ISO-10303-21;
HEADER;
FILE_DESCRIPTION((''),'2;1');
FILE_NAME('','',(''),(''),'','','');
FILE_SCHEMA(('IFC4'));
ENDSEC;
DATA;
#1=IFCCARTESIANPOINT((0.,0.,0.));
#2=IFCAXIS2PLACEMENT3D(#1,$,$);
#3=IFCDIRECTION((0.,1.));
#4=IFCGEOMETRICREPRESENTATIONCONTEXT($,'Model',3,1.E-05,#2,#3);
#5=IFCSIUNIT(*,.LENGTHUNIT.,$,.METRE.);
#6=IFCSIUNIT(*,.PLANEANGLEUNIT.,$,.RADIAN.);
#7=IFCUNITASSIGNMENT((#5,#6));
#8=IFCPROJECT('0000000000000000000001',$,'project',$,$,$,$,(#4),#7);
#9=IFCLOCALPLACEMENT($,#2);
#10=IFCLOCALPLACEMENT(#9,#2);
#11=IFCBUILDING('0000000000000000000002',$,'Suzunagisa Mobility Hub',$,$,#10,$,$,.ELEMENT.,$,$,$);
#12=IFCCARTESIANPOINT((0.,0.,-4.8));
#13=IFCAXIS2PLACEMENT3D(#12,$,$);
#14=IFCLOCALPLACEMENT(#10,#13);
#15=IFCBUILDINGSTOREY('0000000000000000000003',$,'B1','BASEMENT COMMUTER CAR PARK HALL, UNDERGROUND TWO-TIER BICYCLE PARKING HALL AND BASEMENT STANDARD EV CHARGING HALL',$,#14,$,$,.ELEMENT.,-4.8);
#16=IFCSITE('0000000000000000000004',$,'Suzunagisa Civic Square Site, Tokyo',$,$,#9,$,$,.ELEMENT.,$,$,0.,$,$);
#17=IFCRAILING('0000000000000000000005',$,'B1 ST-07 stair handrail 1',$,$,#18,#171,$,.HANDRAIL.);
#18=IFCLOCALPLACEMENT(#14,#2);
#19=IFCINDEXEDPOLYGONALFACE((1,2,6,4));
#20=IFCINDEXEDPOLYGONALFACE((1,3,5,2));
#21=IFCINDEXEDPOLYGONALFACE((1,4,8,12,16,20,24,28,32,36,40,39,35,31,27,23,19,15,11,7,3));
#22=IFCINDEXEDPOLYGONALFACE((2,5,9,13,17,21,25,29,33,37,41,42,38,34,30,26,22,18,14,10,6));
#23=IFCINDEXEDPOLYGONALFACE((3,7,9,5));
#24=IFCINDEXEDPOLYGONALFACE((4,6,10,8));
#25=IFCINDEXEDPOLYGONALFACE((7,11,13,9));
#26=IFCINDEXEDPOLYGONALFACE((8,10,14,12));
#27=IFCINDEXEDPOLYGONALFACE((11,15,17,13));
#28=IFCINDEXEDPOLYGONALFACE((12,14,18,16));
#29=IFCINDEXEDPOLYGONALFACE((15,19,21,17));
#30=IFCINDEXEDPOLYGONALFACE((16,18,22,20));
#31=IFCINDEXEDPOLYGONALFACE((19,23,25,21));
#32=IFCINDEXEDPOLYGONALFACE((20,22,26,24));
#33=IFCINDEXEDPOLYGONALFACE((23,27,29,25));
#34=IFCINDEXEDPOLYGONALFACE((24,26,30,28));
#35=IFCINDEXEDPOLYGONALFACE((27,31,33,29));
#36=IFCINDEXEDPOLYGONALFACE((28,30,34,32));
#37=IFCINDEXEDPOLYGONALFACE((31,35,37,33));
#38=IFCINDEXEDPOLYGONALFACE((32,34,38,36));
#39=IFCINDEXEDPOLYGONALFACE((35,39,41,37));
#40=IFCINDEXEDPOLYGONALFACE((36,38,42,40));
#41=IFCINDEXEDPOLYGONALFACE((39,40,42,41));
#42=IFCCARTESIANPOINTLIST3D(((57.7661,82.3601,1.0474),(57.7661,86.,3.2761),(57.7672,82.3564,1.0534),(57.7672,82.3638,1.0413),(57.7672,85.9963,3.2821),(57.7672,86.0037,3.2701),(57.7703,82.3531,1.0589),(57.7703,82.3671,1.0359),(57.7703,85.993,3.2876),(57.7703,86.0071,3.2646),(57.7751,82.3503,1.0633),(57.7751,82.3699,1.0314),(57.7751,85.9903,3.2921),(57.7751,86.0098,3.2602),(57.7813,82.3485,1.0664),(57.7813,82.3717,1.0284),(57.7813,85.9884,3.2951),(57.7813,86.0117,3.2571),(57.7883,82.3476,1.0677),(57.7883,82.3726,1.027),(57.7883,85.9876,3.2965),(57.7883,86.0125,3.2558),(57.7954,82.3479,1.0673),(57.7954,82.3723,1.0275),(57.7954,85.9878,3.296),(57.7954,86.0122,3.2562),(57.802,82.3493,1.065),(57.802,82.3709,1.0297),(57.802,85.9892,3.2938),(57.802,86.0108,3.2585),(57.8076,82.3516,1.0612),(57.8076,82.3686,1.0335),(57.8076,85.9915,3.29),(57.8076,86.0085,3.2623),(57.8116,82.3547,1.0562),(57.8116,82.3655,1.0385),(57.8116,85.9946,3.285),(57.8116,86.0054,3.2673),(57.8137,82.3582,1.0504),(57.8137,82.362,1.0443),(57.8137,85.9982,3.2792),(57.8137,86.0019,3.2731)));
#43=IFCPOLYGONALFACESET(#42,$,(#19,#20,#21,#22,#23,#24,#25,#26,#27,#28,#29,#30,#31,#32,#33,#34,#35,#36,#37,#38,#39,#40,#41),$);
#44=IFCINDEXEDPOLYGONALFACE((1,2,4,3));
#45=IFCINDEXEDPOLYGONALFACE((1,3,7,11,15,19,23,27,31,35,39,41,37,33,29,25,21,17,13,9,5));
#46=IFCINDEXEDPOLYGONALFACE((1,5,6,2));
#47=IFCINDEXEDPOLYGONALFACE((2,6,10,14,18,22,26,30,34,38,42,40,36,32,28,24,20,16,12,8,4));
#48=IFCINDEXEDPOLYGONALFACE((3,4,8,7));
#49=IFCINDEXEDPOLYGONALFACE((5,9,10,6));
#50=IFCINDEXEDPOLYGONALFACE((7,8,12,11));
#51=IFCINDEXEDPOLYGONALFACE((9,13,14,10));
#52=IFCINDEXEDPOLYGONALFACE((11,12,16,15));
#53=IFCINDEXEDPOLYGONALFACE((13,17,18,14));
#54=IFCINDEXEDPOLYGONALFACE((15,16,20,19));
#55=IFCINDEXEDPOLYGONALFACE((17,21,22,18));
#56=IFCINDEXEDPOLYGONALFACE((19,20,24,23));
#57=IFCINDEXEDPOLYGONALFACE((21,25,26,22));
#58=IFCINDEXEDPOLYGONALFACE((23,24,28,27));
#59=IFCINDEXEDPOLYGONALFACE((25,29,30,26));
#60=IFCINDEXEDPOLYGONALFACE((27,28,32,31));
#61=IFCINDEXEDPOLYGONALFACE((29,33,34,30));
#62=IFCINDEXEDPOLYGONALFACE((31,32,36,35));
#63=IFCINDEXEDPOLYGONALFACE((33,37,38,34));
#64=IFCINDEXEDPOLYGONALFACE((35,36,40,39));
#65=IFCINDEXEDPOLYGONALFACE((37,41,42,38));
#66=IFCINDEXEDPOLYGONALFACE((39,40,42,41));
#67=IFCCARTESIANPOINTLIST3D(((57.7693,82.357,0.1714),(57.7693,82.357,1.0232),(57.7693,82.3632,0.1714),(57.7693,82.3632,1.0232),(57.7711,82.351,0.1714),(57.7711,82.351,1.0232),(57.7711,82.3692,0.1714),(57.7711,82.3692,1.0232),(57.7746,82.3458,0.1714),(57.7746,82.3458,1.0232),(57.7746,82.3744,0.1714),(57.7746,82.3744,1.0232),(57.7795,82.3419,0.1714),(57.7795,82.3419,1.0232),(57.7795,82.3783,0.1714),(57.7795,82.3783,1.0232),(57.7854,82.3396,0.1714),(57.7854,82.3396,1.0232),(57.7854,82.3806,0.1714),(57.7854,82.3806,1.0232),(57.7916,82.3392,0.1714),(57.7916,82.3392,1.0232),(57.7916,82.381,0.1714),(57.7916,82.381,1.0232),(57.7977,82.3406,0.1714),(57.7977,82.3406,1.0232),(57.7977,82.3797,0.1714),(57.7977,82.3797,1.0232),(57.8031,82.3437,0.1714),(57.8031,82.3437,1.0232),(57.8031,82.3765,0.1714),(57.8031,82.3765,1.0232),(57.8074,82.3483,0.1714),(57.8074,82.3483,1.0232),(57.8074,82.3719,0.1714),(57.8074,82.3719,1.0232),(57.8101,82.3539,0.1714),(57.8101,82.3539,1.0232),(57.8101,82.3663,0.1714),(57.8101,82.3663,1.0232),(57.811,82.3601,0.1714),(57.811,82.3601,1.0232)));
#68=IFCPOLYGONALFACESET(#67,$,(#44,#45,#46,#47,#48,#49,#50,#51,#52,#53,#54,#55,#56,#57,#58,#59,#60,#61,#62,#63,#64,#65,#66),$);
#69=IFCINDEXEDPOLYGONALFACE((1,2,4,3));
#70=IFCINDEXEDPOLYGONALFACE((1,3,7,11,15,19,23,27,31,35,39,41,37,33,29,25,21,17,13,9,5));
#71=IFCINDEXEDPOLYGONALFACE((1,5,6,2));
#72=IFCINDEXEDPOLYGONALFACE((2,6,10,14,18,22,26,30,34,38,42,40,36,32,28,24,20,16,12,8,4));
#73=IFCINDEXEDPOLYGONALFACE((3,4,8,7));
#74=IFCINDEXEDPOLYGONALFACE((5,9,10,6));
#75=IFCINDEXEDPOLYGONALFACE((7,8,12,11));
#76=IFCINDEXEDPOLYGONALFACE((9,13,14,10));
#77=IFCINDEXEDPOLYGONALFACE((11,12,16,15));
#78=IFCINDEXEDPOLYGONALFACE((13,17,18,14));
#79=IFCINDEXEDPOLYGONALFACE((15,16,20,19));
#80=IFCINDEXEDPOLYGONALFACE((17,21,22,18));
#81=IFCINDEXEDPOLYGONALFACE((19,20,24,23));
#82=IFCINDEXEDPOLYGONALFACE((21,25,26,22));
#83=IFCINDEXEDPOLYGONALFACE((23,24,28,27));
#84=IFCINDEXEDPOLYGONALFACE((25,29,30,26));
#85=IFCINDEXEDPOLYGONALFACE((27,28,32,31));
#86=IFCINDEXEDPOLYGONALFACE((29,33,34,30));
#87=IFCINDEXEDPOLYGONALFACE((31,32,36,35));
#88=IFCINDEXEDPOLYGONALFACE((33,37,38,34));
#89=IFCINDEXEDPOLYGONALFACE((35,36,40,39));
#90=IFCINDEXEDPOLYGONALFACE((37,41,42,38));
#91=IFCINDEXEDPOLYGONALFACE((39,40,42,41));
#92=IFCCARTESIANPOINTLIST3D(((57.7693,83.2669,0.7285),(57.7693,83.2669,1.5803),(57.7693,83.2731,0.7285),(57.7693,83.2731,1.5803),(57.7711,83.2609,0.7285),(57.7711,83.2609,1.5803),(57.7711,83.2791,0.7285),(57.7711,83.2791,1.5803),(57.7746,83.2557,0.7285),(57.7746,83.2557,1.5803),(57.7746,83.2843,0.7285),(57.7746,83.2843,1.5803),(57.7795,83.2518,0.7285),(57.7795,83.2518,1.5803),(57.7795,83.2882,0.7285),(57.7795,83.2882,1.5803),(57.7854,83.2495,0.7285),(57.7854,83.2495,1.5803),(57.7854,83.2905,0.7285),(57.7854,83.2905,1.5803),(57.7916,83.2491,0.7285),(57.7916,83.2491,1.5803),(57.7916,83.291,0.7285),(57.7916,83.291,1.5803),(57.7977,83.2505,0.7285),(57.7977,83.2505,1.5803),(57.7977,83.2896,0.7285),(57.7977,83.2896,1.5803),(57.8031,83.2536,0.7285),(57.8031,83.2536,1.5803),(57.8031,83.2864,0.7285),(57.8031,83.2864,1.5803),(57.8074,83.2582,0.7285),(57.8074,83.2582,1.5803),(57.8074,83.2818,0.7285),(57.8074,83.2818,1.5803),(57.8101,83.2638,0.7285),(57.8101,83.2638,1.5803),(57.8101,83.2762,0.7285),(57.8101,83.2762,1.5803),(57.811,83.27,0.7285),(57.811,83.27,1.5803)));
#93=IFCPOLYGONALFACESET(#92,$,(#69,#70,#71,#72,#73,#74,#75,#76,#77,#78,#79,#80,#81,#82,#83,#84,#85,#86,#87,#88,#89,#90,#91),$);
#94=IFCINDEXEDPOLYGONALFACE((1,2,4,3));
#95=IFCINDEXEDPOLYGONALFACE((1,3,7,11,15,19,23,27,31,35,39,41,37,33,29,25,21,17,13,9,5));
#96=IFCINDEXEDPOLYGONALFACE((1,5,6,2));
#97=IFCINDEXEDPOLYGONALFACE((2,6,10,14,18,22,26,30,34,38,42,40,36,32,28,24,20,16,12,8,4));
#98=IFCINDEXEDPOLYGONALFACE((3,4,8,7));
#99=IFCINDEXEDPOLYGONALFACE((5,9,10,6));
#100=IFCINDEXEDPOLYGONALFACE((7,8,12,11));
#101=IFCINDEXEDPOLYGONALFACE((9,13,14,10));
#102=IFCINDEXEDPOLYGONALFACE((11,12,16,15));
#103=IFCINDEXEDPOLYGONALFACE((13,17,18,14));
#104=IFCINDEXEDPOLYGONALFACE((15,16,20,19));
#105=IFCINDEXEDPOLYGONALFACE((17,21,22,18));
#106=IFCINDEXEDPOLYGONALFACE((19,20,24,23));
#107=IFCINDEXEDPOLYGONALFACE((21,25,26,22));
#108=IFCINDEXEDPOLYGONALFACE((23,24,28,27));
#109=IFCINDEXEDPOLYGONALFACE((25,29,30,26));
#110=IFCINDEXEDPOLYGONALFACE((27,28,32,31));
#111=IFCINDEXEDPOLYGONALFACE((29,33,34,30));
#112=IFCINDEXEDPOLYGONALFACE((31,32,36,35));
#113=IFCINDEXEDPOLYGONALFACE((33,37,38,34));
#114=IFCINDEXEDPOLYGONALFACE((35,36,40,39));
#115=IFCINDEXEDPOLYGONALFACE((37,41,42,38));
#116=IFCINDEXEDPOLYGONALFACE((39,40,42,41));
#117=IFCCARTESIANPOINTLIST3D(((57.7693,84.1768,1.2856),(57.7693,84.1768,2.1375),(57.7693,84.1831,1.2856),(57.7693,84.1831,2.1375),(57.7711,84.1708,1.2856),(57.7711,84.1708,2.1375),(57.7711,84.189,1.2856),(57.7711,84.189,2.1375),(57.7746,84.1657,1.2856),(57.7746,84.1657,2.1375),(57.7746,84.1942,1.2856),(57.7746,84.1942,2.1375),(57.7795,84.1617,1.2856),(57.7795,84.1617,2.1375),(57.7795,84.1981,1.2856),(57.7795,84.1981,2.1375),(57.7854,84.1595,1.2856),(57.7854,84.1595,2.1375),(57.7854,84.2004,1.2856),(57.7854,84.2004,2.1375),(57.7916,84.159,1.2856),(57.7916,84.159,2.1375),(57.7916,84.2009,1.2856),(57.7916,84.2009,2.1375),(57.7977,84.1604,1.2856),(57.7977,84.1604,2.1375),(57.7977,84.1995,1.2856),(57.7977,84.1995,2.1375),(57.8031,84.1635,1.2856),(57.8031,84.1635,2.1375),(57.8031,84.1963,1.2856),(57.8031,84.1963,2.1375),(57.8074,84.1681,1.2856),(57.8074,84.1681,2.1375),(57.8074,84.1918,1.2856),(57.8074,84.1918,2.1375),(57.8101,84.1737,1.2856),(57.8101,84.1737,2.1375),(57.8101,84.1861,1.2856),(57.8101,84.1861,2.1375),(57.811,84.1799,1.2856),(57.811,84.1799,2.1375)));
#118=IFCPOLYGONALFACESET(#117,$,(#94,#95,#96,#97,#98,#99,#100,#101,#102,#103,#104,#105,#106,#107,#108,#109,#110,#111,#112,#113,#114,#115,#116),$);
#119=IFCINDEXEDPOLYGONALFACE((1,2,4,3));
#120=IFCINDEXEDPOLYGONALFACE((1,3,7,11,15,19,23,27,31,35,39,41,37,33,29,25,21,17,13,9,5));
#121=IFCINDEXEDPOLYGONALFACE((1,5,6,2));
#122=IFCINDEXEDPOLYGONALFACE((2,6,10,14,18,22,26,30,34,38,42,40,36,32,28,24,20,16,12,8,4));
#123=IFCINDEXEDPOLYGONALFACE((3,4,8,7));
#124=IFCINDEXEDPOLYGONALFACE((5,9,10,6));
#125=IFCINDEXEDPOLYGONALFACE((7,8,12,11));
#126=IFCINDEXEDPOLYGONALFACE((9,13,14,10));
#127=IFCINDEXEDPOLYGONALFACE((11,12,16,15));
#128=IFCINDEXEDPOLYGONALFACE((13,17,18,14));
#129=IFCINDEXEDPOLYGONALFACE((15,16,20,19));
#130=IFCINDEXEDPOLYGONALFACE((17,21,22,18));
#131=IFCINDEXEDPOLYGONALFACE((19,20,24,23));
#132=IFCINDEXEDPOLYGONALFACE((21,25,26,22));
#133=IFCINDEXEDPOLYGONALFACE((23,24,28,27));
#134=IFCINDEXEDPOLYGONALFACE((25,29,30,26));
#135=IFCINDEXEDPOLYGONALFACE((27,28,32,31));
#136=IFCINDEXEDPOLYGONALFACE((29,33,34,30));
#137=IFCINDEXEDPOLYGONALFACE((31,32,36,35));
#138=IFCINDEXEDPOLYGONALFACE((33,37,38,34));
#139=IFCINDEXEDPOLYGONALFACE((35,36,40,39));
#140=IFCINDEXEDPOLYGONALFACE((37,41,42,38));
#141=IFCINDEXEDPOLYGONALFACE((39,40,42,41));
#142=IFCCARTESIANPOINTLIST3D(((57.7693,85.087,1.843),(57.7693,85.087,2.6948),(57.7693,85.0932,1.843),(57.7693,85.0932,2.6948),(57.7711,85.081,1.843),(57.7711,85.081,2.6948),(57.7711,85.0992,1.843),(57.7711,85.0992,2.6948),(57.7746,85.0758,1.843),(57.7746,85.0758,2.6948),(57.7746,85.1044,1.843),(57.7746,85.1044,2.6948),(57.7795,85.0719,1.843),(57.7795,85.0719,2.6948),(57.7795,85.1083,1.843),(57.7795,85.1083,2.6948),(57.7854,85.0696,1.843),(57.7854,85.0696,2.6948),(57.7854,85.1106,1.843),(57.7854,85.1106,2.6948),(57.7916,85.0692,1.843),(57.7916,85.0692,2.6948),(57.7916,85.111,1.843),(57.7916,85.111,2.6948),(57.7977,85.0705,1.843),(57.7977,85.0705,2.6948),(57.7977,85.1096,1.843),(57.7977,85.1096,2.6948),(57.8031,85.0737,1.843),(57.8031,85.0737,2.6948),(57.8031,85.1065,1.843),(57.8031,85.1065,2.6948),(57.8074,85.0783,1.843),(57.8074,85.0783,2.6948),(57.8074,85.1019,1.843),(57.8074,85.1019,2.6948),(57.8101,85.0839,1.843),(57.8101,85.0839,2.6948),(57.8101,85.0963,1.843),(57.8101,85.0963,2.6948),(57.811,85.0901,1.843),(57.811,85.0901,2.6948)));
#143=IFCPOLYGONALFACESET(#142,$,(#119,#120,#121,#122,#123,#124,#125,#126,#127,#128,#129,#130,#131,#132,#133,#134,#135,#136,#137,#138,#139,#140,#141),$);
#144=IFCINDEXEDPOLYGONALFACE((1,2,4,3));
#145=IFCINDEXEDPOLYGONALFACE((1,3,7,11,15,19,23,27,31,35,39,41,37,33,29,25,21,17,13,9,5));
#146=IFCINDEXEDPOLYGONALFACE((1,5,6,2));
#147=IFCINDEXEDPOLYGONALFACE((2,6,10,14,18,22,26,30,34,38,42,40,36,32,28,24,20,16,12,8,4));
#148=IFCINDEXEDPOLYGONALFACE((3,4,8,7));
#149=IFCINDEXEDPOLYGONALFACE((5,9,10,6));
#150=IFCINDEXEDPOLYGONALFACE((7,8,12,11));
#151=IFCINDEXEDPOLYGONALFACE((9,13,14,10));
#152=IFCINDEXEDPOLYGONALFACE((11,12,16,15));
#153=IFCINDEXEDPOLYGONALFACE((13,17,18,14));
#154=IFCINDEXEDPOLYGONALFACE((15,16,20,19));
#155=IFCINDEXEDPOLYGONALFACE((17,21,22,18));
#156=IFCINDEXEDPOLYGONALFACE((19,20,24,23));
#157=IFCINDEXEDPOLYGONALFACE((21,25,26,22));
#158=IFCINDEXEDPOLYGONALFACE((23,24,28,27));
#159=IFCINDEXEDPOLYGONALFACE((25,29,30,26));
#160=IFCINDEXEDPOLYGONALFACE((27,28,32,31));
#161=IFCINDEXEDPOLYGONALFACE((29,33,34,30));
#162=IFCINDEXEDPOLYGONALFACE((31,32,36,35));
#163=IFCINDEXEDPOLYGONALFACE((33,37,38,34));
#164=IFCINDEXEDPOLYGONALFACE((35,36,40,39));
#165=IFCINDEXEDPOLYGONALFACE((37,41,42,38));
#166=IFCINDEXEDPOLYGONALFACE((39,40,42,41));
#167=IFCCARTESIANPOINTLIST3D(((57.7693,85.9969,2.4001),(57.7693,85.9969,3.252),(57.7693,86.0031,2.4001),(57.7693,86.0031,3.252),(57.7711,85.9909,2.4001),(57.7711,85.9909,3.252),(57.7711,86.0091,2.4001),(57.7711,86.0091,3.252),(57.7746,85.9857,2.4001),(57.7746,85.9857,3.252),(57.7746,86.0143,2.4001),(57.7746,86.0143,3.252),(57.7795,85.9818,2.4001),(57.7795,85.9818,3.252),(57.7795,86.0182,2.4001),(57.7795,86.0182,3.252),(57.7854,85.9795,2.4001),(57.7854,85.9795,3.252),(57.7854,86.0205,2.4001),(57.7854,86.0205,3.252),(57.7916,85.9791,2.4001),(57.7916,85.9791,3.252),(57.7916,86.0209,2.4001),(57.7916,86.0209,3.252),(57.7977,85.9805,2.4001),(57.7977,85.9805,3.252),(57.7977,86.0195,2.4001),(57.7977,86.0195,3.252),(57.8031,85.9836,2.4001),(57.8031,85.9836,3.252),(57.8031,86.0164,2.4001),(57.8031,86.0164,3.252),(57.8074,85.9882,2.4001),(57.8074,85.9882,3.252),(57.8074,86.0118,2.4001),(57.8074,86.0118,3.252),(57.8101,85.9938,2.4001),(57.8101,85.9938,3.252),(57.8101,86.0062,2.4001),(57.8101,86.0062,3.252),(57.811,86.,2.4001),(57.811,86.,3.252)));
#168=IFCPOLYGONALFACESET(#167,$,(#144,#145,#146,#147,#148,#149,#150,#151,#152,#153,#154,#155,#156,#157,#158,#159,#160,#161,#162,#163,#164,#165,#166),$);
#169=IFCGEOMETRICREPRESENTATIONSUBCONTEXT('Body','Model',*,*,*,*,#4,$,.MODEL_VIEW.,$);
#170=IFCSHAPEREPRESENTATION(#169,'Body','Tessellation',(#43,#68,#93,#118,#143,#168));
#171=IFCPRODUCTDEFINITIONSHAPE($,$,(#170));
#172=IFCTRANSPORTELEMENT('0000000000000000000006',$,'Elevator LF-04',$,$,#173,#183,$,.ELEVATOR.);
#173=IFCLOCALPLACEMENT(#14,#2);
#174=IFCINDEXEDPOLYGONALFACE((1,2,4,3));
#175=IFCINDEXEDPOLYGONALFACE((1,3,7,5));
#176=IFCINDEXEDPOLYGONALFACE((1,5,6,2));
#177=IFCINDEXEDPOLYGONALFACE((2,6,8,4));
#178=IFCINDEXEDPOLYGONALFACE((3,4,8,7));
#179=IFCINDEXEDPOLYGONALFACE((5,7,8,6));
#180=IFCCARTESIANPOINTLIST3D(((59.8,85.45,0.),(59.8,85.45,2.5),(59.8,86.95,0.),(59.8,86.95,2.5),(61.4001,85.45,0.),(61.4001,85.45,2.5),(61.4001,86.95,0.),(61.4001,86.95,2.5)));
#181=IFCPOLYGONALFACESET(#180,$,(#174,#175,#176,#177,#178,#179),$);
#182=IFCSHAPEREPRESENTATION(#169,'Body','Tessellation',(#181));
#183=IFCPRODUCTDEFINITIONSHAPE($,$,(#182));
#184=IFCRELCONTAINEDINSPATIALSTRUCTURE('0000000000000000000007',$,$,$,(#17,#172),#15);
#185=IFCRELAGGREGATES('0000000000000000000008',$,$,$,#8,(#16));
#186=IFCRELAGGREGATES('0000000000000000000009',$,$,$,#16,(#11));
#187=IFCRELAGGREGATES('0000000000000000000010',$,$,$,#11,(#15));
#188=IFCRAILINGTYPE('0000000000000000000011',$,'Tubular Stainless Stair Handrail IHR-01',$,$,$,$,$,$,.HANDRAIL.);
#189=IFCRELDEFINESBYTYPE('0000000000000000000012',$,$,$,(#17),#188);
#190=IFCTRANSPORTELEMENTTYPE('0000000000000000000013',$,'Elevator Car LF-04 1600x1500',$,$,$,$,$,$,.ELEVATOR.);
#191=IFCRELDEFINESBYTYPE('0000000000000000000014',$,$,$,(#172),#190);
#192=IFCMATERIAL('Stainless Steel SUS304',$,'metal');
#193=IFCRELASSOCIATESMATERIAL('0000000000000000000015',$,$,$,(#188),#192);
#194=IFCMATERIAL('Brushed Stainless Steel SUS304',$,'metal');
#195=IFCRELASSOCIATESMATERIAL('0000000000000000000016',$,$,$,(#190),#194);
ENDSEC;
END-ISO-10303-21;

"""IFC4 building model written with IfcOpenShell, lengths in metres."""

from ifc_helpers import new_model, si_unit, direction, frame, origin, origin_2d, place, context, subcontext, project, spatial, rectangle, circle, extrude, material, type_object, element, save


model = new_model("IFC4")

# Units and contexts
model_context = context("Model", 3, precision=1e-05, world=origin(), true_north=direction((0.0, 1.0)))
body_context = subcontext(model_context, "Body", "Model", "MODEL_VIEW")
ifc_project = project(units=[si_unit("LENGTHUNIT", "METRE"), si_unit("PLANEANGLEUNIT", "RADIAN")], contexts=[model_context])

# Site, building, storey
site_placement = place(None, origin())
site = spatial("IfcSite", under=ifc_project, at=site_placement, Name="Suzunagisa Civic Square Site, Tokyo", CompositionType="ELEMENT", RefElevation=0.0)
building_placement = place(site_placement, origin())
building = spatial("IfcBuilding", under=site, at=building_placement, Name="Suzunagisa Mobility Hub", CompositionType="ELEMENT")
storey_placement = place(building_placement, frame((0.0, 0.0, -4.8)))
storey = spatial("IfcBuildingStorey", under=building, at=storey_placement, Name="B1", Description="BASEMENT COMMUTER CAR PARK HALL, UNDERGROUND TWO-TIER BICYCLE PARKING HALL AND BASEMENT STANDARD EV CHARGING HALL", CompositionType="ELEMENT", Elevation=-4.8)

# Shared definitions
ifc_material_1 = material(Name="Brushed Stainless Steel SUS304", Category="metal")

# Railing
ifc_material_2 = material(Name="Stainless Steel SUS304", Category="metal")
railing_type_1 = type_object("IfcRailingType", Name="Tubular Stainless Stair Handrail IHR-01", PredefinedType="HANDRAIL", material=ifc_material_2)
railing_1_placement = place(storey_placement, frame((57.79, 82.3601, 0.1714)))
element("IfcRailing", 1, at=railing_1_placement, inside=storey, type_object=railing_type_1, Name="B1 ST-07 stair handrail 1", PredefinedType="HANDRAIL", context=body_context, shape_type="SweptSolid", body=[
    extrude(circle(Radius=0.0239, at=origin_2d()), frame((0.0, 0.0, 0.876), z_axis=(0.0, 0.852825, 0.522197), x_axis=(-1.0, 0.0, 0.0)), (0.0, 0.0, 1.0), 4.2681),
    extrude(circle(Radius=0.021, at=origin_2d()), origin(), (0.0, 0.0, 1.0), 0.8518),
    extrude(circle(Radius=0.021, at=origin_2d()), frame((0.0, 0.9099, 0.5571)), (0.0, 0.0, 1.0), 0.8518),
    extrude(circle(Radius=0.021, at=origin_2d()), frame((0.0, 1.8198, 1.1143)), (0.0, 0.0, 1.0), 0.8518),
    extrude(circle(Radius=0.021, at=origin_2d()), frame((0.0, 2.73, 1.6716)), (0.0, 0.0, 1.0), 0.8518),
    extrude(circle(Radius=0.021, at=origin_2d()), frame((0.0, 3.6399, 2.2288)), (0.0, 0.0, 1.0), 0.8518),
])

# Transport element
transport_element_type = type_object("IfcTransportElementType", Name="Elevator Car LF-04 1600x1500", PredefinedType="ELEVATOR", material=ifc_material_1)
transport_element_placement = place(storey_placement, frame((60.6001, 86.2, 0.0), z_axis=(0.0, 0.0, 1.0), x_axis=(1.0, 0.0, 0.0)))
element("IfcTransportElement", 2, at=transport_element_placement, inside=storey, type_object=transport_element_type, Name="Elevator LF-04", PredefinedType="ELEVATOR", context=body_context, shape_type="SweptSolid", body=[
    extrude(rectangle(XDim=1.6001, YDim=1.5, at=origin_2d()), origin(), (0.0, 0.0, 1.0), 2.5),
])

save(model, "model.ifc")
